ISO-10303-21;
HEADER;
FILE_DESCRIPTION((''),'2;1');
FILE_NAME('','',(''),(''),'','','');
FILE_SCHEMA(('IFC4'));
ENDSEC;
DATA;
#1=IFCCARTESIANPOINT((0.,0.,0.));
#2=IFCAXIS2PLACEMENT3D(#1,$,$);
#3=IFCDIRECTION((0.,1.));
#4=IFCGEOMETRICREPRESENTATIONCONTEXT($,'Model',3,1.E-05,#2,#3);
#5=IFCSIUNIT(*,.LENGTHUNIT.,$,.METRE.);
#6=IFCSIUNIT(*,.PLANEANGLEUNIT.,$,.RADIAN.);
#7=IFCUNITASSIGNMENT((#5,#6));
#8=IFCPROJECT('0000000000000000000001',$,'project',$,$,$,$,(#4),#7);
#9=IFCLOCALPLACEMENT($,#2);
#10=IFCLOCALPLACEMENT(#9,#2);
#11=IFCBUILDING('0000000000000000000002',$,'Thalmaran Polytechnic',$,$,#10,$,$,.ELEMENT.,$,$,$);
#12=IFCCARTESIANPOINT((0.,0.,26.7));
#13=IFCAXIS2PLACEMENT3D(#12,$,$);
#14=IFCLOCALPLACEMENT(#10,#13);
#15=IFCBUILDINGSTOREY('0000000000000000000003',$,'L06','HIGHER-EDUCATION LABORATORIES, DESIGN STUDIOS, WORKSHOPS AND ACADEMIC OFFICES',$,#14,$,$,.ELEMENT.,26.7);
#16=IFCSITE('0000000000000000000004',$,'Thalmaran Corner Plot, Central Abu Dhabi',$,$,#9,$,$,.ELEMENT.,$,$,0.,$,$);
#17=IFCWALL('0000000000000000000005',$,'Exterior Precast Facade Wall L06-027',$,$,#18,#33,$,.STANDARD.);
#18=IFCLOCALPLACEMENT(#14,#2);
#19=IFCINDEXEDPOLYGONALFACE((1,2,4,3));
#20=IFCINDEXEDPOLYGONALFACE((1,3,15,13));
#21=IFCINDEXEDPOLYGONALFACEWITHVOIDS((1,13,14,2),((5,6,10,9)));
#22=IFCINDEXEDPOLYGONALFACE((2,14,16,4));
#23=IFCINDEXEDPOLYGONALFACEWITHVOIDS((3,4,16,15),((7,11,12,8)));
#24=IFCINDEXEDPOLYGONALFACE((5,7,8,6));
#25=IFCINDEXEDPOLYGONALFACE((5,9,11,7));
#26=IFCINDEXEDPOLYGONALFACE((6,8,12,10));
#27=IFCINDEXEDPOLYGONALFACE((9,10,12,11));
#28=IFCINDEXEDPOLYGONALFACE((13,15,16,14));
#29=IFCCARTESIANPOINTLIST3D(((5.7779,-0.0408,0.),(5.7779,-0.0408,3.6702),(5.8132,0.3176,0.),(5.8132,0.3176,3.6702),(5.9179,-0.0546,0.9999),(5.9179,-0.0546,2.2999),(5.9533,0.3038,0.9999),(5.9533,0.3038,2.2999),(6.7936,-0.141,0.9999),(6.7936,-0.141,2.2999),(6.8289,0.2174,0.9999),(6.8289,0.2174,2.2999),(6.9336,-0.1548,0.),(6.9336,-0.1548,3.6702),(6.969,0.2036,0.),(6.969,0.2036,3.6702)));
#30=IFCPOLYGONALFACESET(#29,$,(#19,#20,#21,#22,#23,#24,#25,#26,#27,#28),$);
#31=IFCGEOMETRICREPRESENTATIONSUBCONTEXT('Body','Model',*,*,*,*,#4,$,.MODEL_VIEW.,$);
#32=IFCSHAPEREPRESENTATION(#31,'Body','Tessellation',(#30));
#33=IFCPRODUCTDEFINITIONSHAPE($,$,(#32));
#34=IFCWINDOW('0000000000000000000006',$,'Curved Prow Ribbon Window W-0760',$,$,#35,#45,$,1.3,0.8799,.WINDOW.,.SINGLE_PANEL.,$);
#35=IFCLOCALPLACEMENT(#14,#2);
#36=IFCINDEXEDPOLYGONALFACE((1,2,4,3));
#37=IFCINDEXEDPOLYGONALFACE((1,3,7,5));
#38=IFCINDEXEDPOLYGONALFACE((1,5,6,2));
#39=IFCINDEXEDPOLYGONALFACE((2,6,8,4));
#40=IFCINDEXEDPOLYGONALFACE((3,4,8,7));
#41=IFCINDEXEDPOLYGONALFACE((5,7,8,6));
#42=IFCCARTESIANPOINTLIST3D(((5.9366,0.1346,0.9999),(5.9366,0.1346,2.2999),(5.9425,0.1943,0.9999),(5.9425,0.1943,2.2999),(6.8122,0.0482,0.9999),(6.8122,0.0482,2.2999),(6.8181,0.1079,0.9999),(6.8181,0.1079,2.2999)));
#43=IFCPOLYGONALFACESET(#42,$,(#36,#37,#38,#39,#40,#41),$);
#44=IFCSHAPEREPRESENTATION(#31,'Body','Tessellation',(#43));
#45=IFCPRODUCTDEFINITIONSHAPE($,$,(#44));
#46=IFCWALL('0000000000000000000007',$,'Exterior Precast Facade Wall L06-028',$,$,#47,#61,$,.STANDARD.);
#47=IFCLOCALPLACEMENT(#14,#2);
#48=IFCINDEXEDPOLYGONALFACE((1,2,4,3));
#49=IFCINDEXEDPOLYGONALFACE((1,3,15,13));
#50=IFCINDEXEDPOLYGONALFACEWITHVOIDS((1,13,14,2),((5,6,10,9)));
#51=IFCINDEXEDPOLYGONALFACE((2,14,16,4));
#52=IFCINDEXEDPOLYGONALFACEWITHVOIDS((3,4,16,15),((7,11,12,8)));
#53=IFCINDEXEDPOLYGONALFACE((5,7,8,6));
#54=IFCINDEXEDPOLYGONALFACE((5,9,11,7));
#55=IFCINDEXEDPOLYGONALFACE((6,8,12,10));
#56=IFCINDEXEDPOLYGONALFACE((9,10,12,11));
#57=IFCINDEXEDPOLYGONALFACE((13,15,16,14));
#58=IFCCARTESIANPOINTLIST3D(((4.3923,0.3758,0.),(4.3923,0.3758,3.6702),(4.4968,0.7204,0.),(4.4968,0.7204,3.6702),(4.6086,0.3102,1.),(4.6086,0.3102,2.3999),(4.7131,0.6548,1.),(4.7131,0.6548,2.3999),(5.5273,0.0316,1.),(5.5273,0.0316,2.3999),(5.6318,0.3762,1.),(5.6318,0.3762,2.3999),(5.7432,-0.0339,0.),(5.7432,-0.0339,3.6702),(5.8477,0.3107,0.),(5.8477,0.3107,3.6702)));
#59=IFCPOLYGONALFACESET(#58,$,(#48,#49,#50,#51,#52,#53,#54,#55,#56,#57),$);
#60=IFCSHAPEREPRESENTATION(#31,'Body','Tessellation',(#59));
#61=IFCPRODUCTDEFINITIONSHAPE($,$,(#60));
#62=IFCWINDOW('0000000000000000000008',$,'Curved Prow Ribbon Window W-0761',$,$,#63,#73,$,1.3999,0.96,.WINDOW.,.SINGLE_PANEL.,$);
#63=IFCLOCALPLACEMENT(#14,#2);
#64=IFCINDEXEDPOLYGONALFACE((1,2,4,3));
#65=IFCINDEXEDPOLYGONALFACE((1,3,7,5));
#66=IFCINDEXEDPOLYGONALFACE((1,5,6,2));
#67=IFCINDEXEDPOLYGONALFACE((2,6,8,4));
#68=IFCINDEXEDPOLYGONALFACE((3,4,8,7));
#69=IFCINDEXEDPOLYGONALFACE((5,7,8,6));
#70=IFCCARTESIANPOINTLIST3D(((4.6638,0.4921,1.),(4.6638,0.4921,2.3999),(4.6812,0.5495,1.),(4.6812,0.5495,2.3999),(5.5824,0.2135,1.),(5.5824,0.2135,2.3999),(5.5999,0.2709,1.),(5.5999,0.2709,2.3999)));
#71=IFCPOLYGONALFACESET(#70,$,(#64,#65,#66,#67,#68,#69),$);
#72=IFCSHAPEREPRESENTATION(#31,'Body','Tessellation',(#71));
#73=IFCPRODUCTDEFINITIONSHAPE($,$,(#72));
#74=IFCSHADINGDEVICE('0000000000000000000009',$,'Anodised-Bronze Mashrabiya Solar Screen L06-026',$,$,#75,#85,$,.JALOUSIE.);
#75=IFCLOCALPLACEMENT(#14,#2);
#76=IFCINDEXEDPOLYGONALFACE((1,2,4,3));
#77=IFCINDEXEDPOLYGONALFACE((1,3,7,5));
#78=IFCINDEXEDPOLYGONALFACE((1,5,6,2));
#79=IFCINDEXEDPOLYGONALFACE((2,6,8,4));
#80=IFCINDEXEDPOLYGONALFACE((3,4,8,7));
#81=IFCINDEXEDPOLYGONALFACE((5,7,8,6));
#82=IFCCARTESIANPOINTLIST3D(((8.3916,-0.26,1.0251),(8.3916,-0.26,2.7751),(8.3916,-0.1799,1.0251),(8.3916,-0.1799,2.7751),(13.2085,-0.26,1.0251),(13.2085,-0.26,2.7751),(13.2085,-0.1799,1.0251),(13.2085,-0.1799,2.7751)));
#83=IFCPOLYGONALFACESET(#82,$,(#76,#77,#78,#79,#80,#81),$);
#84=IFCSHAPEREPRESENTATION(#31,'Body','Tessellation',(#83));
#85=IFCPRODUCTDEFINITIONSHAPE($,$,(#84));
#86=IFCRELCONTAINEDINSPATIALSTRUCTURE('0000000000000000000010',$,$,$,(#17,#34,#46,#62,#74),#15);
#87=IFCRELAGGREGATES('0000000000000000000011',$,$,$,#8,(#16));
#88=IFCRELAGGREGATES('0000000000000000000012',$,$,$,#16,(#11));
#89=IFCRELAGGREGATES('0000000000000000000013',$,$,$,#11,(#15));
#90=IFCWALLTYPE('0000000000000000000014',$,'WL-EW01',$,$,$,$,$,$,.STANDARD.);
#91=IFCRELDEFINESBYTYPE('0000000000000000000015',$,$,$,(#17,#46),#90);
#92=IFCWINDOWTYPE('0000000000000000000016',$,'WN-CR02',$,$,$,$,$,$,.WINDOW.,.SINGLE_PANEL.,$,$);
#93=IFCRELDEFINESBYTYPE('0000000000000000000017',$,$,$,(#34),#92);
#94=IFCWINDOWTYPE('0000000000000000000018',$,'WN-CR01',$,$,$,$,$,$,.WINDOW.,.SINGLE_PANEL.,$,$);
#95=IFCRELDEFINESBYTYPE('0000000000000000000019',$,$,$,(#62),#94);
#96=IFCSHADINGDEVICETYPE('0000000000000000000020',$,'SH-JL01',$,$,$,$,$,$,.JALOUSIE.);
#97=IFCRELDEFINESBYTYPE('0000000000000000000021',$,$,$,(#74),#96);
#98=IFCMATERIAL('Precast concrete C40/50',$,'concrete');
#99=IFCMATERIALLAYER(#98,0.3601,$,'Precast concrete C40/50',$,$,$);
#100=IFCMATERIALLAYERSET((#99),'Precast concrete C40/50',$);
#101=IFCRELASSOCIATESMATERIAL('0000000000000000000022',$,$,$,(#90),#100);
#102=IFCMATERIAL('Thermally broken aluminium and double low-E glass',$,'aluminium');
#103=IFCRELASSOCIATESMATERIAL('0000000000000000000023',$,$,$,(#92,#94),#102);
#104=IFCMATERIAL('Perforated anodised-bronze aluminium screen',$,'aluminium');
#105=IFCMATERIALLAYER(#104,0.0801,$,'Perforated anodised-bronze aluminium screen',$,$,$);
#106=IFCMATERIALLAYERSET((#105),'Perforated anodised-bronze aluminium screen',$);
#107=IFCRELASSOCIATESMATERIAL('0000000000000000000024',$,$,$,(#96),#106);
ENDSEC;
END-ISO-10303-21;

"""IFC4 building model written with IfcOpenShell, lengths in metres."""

from ifc_helpers import new_model, si_unit, direction, frame, frame_2d, origin, origin_2d, place, context, subcontext, project, spatial, rectangle, extrude, material, layer, layer_set, type_object, element, fill, save


model = new_model("IFC4")

# Units and contexts
model_context = context("Model", 3, precision=1e-05, world=origin(), true_north=direction((0.0, 1.0)))
body_context = subcontext(model_context, "Body", "Model", "MODEL_VIEW")
ifc_project = project(units=[si_unit("LENGTHUNIT", "METRE"), si_unit("PLANEANGLEUNIT", "RADIAN")], contexts=[model_context])

# Site, building, storey
site_placement = place(None, origin())
site = spatial("IfcSite", under=ifc_project, at=site_placement, Name="Thalmaran Corner Plot, Central Abu Dhabi", CompositionType="ELEMENT", RefElevation=0.0)
building_placement = place(site_placement, origin())
building = spatial("IfcBuilding", under=site, at=building_placement, Name="Thalmaran Polytechnic", CompositionType="ELEMENT")
storey_placement = place(building_placement, frame((0.0, 0.0, 26.7)))
storey = spatial("IfcBuildingStorey", under=building, at=storey_placement, Name="L06", Description="HIGHER-EDUCATION LABORATORIES, DESIGN STUDIOS, WORKSHOPS AND ACADEMIC OFFICES", CompositionType="ELEMENT", Elevation=26.7)

# Walls, openings, windows
ifc_material_1 = material(Name="Precast concrete C40/50", Category="concrete")
ifc_layer_1 = layer(ifc_material_1, 0.3601, Name="Precast concrete C40/50")
ifc_layer_set_1 = layer_set([ifc_layer_1], Name="Precast concrete C40/50")
wall_type = type_object("IfcWallType", Name="WL-EW01", PredefinedType="STANDARD", material=ifc_layer_set_1)
wall_1_placement = place(storey_placement, frame((6.9512, 0.0244, 0.0), z_axis=(0.0, 0.0, 1.0), x_axis=(-0.99517, 0.098172, 0.0)))
wall_1 = element("IfcWall", 1, at=wall_1_placement, inside=storey, type_object=wall_type, Name="Exterior Precast Facade Wall L06-027", PredefinedType="STANDARD", context=body_context, shape_type="SweptSolid", body=[
    extrude(rectangle(XDim=1.1614, YDim=0.3601, at=frame_2d((0.5806, 0.0))), origin(), (0.0, 0.0, 1.0), 3.6702),
])
opening_1_placement = place(wall_1_placement, frame((0.1406, 0.0, 1.0)))
opening_1 = element("IfcOpeningElement", 2, at=opening_1_placement, cuts=wall_1, PredefinedType="OPENING", context=body_context, shape_type="SweptSolid", body=[
    extrude(rectangle(XDim=0.8799, YDim=1.3, at=frame_2d((0.4399, 0.6499))), frame((0.0, 0.1899, 0.0), z_axis=(0.0, -1.0, 0.0), x_axis=(1.0, 0.0, 0.0)), (0.0, 0.0, 1.0), 0.3801),
])
ifc_material_2 = material(Name="Thermally broken aluminium and double low-E glass", Category="aluminium")
window_type_1 = type_object("IfcWindowType", Name="WN-CR02", PartitioningType="SINGLE_PANEL", PredefinedType="WINDOW", material=ifc_material_2)
window_1_placement = place(opening_1_placement, origin())
window_1 = element("IfcWindow", 3, at=window_1_placement, inside=storey, type_object=window_type_1, Name="Curved Prow Ribbon Window W-0760", OverallHeight=1.3, OverallWidth=0.8799, PartitioningType="SINGLE_PANEL", PredefinedType="WINDOW", context=body_context, shape_type="SweptSolid", body=[
    extrude(rectangle(XDim=0.8799, YDim=1.3, at=frame_2d((0.4399, 0.6499))), frame((0.0, -0.01, 0.0), z_axis=(0.0, -1.0, 0.0), x_axis=(1.0, 0.0, 0.0)), (0.0, 0.0, 1.0), 0.0601),
])
fill(opening_1, window_1)
wall_2_placement = place(storey_placement, frame((5.7954, 0.1384, 0.0), z_axis=(0.0, 0.0, 1.0), x_axis=(-0.95696, 0.290219, 0.0)))
wall_2 = element("IfcWall", 4, at=wall_2_placement, inside=storey, type_object=wall_type, Name="Exterior Precast Facade Wall L06-028", PredefinedType="STANDARD", context=body_context, shape_type="SweptSolid", body=[
    extrude(rectangle(XDim=1.4116, YDim=0.3601, at=frame_2d((0.7058, 0.0))), origin(), (0.0, 0.0, 1.0), 3.6702),
])
opening_2_placement = place(wall_2_placement, frame((0.2256, 0.0, 1.0)))
opening_2 = element("IfcOpeningElement", 5, at=opening_2_placement, cuts=wall_2, PredefinedType="OPENING", context=body_context, shape_type="SweptSolid", body=[
    extrude(rectangle(XDim=0.96, YDim=1.3999, at=frame_2d((0.48, 0.7))), frame((0.0, 0.1899, 0.0), z_axis=(0.0, -1.0, 0.0), x_axis=(1.0, 0.0, 0.0)), (0.0, 0.0, 1.0), 0.3801),
])
window_type_2 = type_object("IfcWindowType", Name="WN-CR01", PartitioningType="SINGLE_PANEL", PredefinedType="WINDOW", material=ifc_material_2)
window_2_placement = place(opening_2_placement, origin())
window_2 = element("IfcWindow", 6, at=window_2_placement, inside=storey, type_object=window_type_2, Name="Curved Prow Ribbon Window W-0761", OverallHeight=1.3999, OverallWidth=0.96, PartitioningType="SINGLE_PANEL", PredefinedType="WINDOW", context=body_context, shape_type="SweptSolid", body=[
    extrude(rectangle(XDim=0.96, YDim=1.3999, at=frame_2d((0.48, 0.7))), frame((0.0, -0.01, 0.0), z_axis=(0.0, -1.0, 0.0), x_axis=(1.0, 0.0, 0.0)), (0.0, 0.0, 1.0), 0.0601),
])
fill(opening_2, window_2)

# Shading device
ifc_material_3 = material(Name="Perforated anodised-bronze aluminium screen", Category="aluminium")
ifc_layer_2 = layer(ifc_material_3, 0.0801, Name="Perforated anodised-bronze aluminium screen")
ifc_layer_set_2 = layer_set([ifc_layer_2], Name="Perforated anodised-bronze aluminium screen")
shading_device_type = type_object("IfcShadingDeviceType", Name="SH-JL01", PredefinedType="JALOUSIE", material=ifc_layer_set_2)
shading_device_placement = place(storey_placement, frame((10.8, -0.22, 1.0251), z_axis=(0.0, 0.0, 1.0), x_axis=(-1.0, 0.0, 0.0)))
element("IfcShadingDevice", 7, at=shading_device_placement, inside=storey, type_object=shading_device_type, Name="Anodised-Bronze Mashrabiya Solar Screen L06-026", PredefinedType="JALOUSIE", context=body_context, shape_type="SweptSolid", body=[
    extrude(rectangle(XDim=4.8169, YDim=0.0801, at=origin_2d()), origin(), (0.0, 0.0, 1.0), 1.75),
])

save(model, "model.ifc")
